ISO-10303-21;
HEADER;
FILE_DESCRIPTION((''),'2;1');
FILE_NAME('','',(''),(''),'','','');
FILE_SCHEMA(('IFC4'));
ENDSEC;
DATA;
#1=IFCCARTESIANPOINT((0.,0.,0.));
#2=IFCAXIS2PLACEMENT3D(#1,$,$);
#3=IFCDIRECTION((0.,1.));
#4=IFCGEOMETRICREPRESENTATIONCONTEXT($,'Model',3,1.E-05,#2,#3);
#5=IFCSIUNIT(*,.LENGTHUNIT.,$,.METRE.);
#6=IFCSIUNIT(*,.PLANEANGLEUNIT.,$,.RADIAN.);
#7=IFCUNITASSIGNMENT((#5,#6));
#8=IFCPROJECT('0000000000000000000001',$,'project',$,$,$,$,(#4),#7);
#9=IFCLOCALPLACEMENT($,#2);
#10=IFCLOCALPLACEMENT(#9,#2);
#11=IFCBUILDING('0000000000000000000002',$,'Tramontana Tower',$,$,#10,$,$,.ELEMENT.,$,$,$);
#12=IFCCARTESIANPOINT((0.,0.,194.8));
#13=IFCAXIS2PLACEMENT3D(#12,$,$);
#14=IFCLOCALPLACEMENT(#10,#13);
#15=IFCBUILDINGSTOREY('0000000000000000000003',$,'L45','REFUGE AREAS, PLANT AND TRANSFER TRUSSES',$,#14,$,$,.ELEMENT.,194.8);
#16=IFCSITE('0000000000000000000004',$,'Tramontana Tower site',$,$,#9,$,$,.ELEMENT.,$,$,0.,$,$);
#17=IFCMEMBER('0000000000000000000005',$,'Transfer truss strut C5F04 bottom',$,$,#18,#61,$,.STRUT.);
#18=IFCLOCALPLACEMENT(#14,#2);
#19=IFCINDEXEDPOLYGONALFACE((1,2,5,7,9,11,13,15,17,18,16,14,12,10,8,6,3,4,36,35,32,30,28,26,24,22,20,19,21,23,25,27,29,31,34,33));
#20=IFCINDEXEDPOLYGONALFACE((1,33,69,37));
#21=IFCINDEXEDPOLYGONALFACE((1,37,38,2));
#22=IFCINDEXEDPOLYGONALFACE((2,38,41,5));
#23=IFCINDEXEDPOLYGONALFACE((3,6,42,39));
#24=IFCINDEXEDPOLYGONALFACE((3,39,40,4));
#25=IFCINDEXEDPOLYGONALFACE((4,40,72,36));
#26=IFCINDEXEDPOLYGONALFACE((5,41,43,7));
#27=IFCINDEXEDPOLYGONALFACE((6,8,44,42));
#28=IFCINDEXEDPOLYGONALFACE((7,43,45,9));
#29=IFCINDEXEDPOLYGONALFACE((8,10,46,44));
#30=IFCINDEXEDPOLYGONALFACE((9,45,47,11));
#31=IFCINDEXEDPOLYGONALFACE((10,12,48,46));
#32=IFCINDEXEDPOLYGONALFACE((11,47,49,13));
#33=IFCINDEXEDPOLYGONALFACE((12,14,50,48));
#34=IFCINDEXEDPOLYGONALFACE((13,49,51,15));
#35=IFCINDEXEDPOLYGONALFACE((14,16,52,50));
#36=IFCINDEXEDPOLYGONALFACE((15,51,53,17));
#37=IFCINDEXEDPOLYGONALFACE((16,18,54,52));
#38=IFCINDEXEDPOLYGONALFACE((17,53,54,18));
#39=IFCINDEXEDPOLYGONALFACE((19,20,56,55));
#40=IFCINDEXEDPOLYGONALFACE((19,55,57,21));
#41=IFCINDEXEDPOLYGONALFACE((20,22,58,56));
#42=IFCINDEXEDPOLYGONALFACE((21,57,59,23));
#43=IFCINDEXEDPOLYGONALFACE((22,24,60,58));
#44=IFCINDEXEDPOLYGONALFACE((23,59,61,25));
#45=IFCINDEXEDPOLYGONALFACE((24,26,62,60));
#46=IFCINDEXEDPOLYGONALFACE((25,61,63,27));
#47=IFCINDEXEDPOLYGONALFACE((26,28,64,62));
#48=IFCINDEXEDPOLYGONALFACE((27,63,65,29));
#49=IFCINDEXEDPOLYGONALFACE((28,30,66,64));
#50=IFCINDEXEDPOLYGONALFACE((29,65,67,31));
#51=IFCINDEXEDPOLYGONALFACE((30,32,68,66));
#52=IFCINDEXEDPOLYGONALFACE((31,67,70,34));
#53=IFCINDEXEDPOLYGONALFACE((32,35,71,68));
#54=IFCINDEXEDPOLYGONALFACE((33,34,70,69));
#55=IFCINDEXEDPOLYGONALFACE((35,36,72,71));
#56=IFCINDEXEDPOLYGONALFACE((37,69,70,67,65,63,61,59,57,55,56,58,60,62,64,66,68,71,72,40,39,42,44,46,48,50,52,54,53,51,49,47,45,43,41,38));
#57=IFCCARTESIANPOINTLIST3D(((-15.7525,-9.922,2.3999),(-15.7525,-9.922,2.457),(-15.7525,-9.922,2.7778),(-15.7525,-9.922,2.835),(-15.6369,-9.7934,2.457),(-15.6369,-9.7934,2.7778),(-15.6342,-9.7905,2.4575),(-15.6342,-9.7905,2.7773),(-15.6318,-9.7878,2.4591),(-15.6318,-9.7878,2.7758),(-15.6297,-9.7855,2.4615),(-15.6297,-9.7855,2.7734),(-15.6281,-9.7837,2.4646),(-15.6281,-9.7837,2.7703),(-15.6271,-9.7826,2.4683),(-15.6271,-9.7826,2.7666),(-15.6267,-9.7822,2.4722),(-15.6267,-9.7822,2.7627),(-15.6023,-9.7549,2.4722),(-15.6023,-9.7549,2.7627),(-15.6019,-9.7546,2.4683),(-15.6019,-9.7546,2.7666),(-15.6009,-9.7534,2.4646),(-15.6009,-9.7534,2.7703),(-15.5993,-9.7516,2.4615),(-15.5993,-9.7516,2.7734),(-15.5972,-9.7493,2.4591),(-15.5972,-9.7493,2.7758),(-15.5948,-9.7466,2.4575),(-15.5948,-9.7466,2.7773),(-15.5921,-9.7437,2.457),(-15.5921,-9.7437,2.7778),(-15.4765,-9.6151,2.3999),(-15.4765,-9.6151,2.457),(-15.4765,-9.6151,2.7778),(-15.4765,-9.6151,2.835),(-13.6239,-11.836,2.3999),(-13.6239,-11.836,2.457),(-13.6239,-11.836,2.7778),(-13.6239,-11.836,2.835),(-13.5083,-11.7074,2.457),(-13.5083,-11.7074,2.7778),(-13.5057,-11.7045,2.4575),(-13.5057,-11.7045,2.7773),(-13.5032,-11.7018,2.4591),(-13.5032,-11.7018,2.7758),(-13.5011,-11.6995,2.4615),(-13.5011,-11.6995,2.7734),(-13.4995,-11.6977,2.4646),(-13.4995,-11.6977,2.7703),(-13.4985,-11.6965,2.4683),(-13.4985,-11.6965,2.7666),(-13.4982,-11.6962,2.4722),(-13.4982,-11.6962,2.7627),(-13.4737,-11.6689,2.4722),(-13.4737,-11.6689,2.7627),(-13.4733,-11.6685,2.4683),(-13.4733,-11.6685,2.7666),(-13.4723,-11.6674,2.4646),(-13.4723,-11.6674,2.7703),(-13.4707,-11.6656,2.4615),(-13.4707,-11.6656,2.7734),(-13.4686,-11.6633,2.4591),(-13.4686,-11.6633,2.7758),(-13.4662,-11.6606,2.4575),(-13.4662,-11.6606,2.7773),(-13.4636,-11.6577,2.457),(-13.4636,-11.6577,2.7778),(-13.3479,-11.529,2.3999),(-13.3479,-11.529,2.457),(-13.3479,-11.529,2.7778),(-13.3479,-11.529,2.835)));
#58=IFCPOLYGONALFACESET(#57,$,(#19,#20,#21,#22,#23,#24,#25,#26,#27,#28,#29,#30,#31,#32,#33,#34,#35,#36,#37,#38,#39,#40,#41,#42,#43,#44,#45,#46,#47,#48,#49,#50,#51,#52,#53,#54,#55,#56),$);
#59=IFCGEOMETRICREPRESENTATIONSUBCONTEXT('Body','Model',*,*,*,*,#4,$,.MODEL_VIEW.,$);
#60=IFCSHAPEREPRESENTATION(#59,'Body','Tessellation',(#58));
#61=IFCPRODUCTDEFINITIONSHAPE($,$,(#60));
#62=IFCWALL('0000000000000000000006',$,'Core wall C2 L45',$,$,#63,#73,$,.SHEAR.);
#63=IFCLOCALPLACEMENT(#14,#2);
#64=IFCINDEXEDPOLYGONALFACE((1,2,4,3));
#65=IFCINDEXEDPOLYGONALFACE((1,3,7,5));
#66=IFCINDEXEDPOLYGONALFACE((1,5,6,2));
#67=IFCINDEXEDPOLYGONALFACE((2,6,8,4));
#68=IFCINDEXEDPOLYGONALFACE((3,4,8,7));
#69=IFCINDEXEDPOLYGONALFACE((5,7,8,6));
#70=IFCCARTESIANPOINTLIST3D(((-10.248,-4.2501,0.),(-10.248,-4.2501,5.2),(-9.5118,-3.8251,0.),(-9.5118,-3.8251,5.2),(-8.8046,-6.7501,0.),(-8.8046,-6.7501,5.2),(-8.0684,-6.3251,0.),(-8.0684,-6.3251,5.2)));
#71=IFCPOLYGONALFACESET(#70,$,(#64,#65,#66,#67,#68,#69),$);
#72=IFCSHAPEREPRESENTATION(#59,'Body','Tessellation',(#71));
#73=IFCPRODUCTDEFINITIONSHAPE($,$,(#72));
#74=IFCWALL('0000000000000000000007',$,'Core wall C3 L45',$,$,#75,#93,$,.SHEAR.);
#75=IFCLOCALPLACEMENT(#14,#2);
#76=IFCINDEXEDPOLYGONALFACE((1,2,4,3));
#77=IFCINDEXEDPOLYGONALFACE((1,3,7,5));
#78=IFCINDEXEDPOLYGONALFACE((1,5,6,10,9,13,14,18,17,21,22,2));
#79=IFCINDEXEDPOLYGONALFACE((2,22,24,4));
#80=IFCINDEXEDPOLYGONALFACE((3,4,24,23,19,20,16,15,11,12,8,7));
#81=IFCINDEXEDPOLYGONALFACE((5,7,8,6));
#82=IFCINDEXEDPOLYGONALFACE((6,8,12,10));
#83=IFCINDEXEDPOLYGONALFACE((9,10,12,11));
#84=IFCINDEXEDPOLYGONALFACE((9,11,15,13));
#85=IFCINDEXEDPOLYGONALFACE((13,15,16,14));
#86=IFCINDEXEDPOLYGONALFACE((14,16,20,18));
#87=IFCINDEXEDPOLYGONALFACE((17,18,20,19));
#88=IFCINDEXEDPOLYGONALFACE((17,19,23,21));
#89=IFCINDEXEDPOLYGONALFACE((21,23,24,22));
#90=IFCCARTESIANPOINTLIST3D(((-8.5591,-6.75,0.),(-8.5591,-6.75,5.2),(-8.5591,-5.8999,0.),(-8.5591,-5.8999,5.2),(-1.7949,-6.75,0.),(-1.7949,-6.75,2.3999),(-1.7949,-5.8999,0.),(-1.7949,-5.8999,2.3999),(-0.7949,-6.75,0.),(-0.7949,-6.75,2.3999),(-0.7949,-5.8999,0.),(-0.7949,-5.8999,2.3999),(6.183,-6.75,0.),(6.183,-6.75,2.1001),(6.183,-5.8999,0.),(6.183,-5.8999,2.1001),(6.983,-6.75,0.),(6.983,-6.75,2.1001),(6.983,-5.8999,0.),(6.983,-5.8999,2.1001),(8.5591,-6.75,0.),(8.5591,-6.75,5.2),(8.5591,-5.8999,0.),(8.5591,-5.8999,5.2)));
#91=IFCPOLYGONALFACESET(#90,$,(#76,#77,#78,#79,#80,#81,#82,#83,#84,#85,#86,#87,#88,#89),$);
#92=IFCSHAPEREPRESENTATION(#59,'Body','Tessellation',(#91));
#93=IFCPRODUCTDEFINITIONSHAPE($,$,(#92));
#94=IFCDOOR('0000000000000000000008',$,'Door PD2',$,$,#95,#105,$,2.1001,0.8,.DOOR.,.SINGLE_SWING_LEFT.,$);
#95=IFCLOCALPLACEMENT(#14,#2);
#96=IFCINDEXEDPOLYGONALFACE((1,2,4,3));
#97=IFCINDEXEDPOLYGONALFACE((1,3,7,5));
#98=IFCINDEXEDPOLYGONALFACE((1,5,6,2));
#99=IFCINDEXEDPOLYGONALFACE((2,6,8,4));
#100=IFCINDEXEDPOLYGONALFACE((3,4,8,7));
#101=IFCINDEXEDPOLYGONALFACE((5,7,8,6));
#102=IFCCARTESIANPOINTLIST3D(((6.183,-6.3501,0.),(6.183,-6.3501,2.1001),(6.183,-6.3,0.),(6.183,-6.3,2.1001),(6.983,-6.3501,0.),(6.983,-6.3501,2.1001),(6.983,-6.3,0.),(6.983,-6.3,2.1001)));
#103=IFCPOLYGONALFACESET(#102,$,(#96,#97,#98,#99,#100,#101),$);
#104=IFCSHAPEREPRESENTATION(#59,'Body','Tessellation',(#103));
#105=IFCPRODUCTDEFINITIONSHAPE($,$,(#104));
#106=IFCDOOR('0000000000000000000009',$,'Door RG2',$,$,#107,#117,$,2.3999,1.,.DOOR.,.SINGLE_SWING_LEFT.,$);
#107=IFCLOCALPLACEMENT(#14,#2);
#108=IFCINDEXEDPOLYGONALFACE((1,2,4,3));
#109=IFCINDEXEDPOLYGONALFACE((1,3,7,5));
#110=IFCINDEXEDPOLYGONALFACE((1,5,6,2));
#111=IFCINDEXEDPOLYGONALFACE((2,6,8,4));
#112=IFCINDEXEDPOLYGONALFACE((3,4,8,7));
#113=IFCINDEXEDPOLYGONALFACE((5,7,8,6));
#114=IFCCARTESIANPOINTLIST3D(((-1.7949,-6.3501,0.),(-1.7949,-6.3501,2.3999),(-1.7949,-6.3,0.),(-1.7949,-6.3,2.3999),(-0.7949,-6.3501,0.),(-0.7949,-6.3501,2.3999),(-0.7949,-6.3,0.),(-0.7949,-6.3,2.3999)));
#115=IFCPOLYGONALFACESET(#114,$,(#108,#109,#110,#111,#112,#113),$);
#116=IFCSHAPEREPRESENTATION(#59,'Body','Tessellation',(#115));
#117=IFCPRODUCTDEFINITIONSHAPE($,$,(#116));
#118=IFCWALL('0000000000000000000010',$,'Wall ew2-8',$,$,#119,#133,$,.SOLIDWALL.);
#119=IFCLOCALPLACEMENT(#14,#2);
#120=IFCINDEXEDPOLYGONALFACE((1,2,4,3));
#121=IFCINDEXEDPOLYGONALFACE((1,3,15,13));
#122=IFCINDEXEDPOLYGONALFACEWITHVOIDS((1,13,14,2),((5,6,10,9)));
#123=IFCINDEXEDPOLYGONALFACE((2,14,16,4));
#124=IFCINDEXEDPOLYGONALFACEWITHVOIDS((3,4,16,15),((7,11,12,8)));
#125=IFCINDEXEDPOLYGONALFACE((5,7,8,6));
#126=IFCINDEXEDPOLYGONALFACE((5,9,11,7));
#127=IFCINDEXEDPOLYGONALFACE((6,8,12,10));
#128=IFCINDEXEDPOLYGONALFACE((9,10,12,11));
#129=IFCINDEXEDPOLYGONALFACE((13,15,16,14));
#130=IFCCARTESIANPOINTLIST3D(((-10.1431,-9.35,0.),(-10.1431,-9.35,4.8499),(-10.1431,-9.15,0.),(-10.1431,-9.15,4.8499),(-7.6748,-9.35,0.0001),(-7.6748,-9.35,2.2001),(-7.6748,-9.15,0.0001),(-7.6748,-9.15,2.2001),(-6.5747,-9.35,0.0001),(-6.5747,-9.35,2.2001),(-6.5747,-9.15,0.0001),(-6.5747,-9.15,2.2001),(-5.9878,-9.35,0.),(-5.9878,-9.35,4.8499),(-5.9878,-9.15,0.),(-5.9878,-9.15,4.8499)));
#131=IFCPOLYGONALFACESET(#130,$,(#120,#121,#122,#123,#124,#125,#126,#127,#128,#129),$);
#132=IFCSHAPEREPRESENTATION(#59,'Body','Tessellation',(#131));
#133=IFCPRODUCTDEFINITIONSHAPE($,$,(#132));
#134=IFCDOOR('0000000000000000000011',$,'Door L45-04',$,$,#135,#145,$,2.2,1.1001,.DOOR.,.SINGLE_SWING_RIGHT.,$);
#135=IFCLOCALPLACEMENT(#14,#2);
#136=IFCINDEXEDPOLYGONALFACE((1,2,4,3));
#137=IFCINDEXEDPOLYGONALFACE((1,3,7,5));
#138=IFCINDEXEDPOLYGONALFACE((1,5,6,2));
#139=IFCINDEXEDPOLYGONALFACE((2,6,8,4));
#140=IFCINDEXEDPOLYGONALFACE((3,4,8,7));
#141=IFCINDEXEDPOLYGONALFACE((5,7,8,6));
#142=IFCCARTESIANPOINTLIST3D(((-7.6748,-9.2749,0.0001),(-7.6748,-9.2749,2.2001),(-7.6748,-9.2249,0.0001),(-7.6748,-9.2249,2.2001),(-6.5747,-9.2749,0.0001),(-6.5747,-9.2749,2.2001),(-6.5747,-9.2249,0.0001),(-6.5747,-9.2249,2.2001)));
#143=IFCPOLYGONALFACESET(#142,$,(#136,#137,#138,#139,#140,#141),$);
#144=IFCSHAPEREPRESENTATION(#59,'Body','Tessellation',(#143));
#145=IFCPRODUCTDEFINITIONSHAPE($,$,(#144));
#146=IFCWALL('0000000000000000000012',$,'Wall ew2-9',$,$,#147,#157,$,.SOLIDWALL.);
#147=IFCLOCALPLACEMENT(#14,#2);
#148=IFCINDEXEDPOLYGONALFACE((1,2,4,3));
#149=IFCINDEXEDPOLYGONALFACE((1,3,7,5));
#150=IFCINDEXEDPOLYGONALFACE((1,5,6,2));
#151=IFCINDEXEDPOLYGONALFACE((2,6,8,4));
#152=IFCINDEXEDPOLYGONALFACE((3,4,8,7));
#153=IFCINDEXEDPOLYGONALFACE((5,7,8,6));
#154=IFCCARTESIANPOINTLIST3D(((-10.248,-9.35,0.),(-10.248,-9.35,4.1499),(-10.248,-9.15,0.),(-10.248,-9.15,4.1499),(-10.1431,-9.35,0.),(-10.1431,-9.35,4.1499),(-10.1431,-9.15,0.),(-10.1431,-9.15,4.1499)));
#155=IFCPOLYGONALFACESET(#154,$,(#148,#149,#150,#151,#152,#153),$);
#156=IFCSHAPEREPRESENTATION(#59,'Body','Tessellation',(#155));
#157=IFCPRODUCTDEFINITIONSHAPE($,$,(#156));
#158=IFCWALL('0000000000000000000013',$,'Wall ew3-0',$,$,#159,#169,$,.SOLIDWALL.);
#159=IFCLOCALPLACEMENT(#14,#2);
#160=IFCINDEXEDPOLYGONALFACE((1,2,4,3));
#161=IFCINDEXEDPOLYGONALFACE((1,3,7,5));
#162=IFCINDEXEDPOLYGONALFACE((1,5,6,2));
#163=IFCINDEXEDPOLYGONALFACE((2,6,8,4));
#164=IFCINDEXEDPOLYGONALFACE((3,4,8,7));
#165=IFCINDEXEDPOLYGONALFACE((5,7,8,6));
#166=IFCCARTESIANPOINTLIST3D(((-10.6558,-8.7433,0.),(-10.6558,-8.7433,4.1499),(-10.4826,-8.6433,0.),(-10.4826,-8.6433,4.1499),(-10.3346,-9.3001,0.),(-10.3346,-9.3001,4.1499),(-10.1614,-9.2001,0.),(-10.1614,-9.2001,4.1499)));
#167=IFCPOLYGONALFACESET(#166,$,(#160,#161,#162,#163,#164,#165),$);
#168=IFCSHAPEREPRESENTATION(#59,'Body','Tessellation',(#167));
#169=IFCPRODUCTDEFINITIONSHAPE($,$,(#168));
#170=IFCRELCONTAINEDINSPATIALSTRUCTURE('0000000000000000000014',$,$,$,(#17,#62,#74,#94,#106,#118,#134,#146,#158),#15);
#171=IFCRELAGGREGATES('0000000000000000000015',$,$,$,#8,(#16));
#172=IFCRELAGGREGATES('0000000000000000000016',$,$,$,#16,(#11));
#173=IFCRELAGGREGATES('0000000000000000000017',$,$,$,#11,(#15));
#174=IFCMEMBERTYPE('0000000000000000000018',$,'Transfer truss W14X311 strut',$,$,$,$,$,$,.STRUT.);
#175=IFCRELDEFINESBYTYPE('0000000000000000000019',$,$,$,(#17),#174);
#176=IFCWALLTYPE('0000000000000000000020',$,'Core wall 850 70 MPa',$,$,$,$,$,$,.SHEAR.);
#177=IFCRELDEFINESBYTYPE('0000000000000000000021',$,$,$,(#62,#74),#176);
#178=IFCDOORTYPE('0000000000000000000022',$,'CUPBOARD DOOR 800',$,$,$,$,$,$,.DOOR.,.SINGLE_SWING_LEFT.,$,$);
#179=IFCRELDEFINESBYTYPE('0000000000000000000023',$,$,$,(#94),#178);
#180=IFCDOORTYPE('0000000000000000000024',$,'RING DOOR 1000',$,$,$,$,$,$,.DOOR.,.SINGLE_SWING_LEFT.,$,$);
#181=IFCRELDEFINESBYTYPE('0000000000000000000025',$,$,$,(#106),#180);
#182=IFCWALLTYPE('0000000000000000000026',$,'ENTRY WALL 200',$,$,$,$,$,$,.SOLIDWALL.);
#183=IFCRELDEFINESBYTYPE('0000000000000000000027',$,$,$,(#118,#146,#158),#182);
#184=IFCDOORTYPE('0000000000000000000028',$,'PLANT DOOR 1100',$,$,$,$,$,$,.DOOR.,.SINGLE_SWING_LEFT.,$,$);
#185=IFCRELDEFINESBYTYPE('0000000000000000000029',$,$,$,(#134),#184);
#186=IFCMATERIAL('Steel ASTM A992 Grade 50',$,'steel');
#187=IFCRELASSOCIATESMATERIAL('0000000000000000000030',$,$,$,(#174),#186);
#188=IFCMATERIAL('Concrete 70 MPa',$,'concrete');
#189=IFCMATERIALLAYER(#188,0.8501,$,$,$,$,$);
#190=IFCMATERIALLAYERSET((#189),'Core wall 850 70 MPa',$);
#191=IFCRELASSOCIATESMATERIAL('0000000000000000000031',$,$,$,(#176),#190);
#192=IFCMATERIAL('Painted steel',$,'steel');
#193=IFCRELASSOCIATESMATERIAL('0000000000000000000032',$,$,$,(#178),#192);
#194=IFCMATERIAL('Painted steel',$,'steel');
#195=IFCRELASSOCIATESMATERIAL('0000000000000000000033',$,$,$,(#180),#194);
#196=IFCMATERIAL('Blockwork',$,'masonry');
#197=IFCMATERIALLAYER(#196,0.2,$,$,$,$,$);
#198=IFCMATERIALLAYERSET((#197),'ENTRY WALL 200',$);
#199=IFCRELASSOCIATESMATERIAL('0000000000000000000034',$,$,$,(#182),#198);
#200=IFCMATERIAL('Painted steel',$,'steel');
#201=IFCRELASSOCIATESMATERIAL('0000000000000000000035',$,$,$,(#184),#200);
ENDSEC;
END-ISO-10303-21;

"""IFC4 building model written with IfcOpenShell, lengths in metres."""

from ifc_helpers import new_model, si_unit, direction, frame, frame_2d, origin, origin_2d, place, context, subcontext, project, spatial, rectangle, i_section, extrude, material, layer, layer_set, material_profile, profile_set, type_object, element, fill, save


model = new_model("IFC4")

# Units and contexts
model_context = context("Model", 3, precision=1e-05, world=origin(), true_north=direction((0.0, 1.0)))
body_context = subcontext(model_context, "Body", "Model", "MODEL_VIEW")
ifc_project = project(units=[si_unit("LENGTHUNIT", "METRE"), si_unit("PLANEANGLEUNIT", "RADIAN")], contexts=[model_context])

# Site, building, storey
site_placement = place(None, origin())
site = spatial("IfcSite", under=ifc_project, at=site_placement, Name="Tramontana Tower site", CompositionType="ELEMENT", RefElevation=0.0)
building_placement = place(site_placement, origin())
building = spatial("IfcBuilding", under=site, at=building_placement, Name="Tramontana Tower", CompositionType="ELEMENT")
storey_placement = place(building_placement, frame((0.0, 0.0, 194.8)))
storey = spatial("IfcBuildingStorey", under=building, at=storey_placement, Name="L45", Description="REFUGE AREAS, PLANT AND TRANSFER TRUSSES", CompositionType="ELEMENT", Elevation=194.8)

# Member
ifc_material_1 = material(Name="Steel ASTM A992 Grade 50", Category="steel")
ifc_material_profile_1 = material_profile(ifc_material_1, i_section(OverallWidth=0.4128, OverallDepth=0.4351, WebThickness=0.0366, FlangeThickness=0.0571, FilletRadius=0.0151, at=origin_2d()), Name="W14X311")
ifc_profile_set_1 = profile_set([ifc_material_profile_1], Name="Steel ASTM A992 Grade 50")
member_type_1 = type_object("IfcMemberType", Name="Transfer truss W14X311 strut", PredefinedType="STRUT", material=ifc_profile_set_1)
member_1_placement = place(storey_placement, frame((-15.6145, -9.7686, 2.6174), z_axis=(0.743595, -0.66863, 0.0), x_axis=(0.66863, 0.743595, 0.0)))
element("IfcMember", 1, at=member_1_placement, inside=storey, type_object=member_type_1, Name="Transfer truss strut C5F04 bottom", PredefinedType="STRUT", context=body_context, shape_type="SweptSolid", body=[
    extrude(i_section(OverallWidth=0.4128, OverallDepth=0.4351, WebThickness=0.0366, FlangeThickness=0.0571, FilletRadius=0.0151, at=origin_2d()), origin(), (0.0, 0.0, 1.0), 2.8625),
])

# Wall
ifc_material_2 = material(Name="Concrete 70 MPa", Category="concrete")
ifc_layer_1 = layer(ifc_material_2, 0.8501)
ifc_layer_set_1 = layer_set([ifc_layer_1], Name="Core wall 850 70 MPa")
wall_type_1 = type_object("IfcWallType", Name="Core wall 850 70 MPa", PredefinedType="SHEAR", material=ifc_layer_set_1)
wall_1_placement = place(storey_placement, frame((-9.8799, -4.0376, 0.0), z_axis=(0.0, 0.0, 1.0), x_axis=(0.499996, -0.866028, 0.0)))
element("IfcWall", 2, at=wall_1_placement, inside=storey, type_object=wall_type_1, Name="Core wall C2 L45", PredefinedType="SHEAR", context=body_context, shape_type="SweptSolid", body=[
    extrude(rectangle(XDim=2.8867, YDim=0.8501, at=frame_2d((1.4434, 0.0))), origin(), (0.0, 0.0, 1.0), 5.2),
])

# Wall, openings, doors
wall_2_placement = place(storey_placement, frame((-8.5591, -6.325, 0.0), z_axis=(0.0, 0.0, 1.0), x_axis=(1.0, 0.0, 0.0)))
wall_2 = element("IfcWall", 3, at=wall_2_placement, inside=storey, type_object=wall_type_1, Name="Core wall C3 L45", PredefinedType="SHEAR", context=body_context, shape_type="SweptSolid", body=[
    extrude(rectangle(XDim=17.1182, YDim=0.8501, at=frame_2d((8.5591, 0.0))), origin(), (0.0, 0.0, 1.0), 5.2),
])
opening_1_placement = place(wall_2_placement, frame((6.7642, 0.0, 0.0)))
opening_1 = element("IfcOpeningElement", 4, at=opening_1_placement, cuts=wall_2, PredefinedType="OPENING", context=body_context, shape_type="SweptSolid", body=[
    extrude(rectangle(XDim=1.0, YDim=2.3999, at=frame_2d((0.5, 1.2))), frame((0.0, 0.4351, 0.0), z_axis=(0.0, -1.0, 0.0), x_axis=(1.0, 0.0, 0.0)), (0.0, 0.0, 1.0), 0.8701),
])
opening_2_placement = place(wall_2_placement, frame((14.7422, 0.0, 0.0)))
opening_2 = element("IfcOpeningElement", 5, at=opening_2_placement, cuts=wall_2, PredefinedType="OPENING", context=body_context, shape_type="SweptSolid", body=[
    extrude(rectangle(XDim=0.8, YDim=2.1001, at=frame_2d((0.3999, 1.05))), frame((0.0, 0.4351, 0.0), z_axis=(0.0, -1.0, 0.0), x_axis=(1.0, 0.0, 0.0)), (0.0, 0.0, 1.0), 0.8701),
])
ifc_material_3 = material(Name="Painted steel", Category="steel")
door_type_1 = type_object("IfcDoorType", Name="CUPBOARD DOOR 800", OperationType="SINGLE_SWING_LEFT", PredefinedType="DOOR", material=ifc_material_3)
door_1_placement = place(opening_2_placement, origin())
door_1 = element("IfcDoor", 6, at=door_1_placement, inside=storey, type_object=door_type_1, Name="Door PD2", OperationType="SINGLE_SWING_LEFT", OverallHeight=2.1001, OverallWidth=0.8, PredefinedType="DOOR", context=body_context, shape_type="SweptSolid", body=[
    extrude(rectangle(XDim=0.8, YDim=2.1001, at=frame_2d((0.3999, 1.05))), frame((0.0, 0.0249, 0.0), z_axis=(0.0, -1.0, 0.0), x_axis=(1.0, 0.0, 0.0)), (0.0, 0.0, 1.0), 0.05),
])
fill(opening_2, door_1)
ifc_material_4 = material(Name="Painted steel", Category="steel")
door_type_2 = type_object("IfcDoorType", Name="RING DOOR 1000", OperationType="SINGLE_SWING_LEFT", PredefinedType="DOOR", material=ifc_material_4)
door_2_placement = place(opening_1_placement, origin())
door_2 = element("IfcDoor", 7, at=door_2_placement, inside=storey, type_object=door_type_2, Name="Door RG2", OperationType="SINGLE_SWING_LEFT", OverallHeight=2.3999, OverallWidth=1.0, PredefinedType="DOOR", context=body_context, shape_type="SweptSolid", body=[
    extrude(rectangle(XDim=1.0, YDim=2.3999, at=frame_2d((0.5, 1.2))), frame((0.0, 0.0249, 0.0), z_axis=(0.0, -1.0, 0.0), x_axis=(1.0, 0.0, 0.0)), (0.0, 0.0, 1.0), 0.05),
])
fill(opening_1, door_2)

# Wall, opening, door
ifc_material_5 = material(Name="Blockwork", Category="masonry")
ifc_layer_2 = layer(ifc_material_5, 0.2)
ifc_layer_set_2 = layer_set([ifc_layer_2], Name="ENTRY WALL 200")
wall_type_2 = type_object("IfcWallType", Name="ENTRY WALL 200", PredefinedType="SOLIDWALL", material=ifc_layer_set_2)
wall_3_placement = place(storey_placement, frame((-5.9878, -9.25, 0.0), z_axis=(0.0, 0.0, 1.0), x_axis=(-1.0, 0.0, 0.0)))
wall_3 = element("IfcWall", 8, at=wall_3_placement, inside=storey, type_object=wall_type_2, Name="Wall ew2-8", PredefinedType="SOLIDWALL", context=body_context, shape_type="SweptSolid", body=[
    extrude(rectangle(XDim=4.1553, YDim=0.2, at=frame_2d((2.0776, 0.0))), origin(), (0.0, 0.0, 1.0), 4.8499),
])
opening_3_placement = place(wall_3_placement, frame((0.5869, 0.0, 0.0)))
opening_3 = element("IfcOpeningElement", 9, at=opening_3_placement, cuts=wall_3, PredefinedType="OPENING", context=body_context, shape_type="SweptSolid", body=[
    extrude(rectangle(XDim=1.1001, YDim=2.2, at=frame_2d((0.55, 1.1001))), frame((0.0, 0.1099, 0.0), z_axis=(0.0, -1.0, 0.0), x_axis=(1.0, 0.0, 0.0)), (0.0, 0.0, 1.0), 0.22),
])
ifc_material_6 = material(Name="Painted steel", Category="steel")
door_type_3 = type_object("IfcDoorType", Name="PLANT DOOR 1100", OperationType="SINGLE_SWING_LEFT", PredefinedType="DOOR", material=ifc_material_6)
door_3_placement = place(opening_3_placement, origin())
door_3 = element("IfcDoor", 10, at=door_3_placement, inside=storey, type_object=door_type_3, Name="Door L45-04", OperationType="SINGLE_SWING_RIGHT", OverallHeight=2.2, OverallWidth=1.1001, PredefinedType="DOOR", context=body_context, shape_type="SweptSolid", body=[
    extrude(rectangle(XDim=1.1001, YDim=2.2, at=frame_2d((0.55, 1.1001))), frame((0.0, 0.0249, 0.0), z_axis=(0.0, -1.0, 0.0), x_axis=(1.0, 0.0, 0.0)), (0.0, 0.0, 1.0), 0.05),
])
fill(opening_3, door_3)

# Walls
wall_4_placement = place(storey_placement, frame((-10.1431, -9.25, 0.0), z_axis=(0.0, 0.0, 1.0), x_axis=(-1.0, 0.0, 0.0)))
element("IfcWall", 11, at=wall_4_placement, inside=storey, type_object=wall_type_2, Name="Wall ew2-9", PredefinedType="SOLIDWALL", context=body_context, shape_type="SweptSolid", body=[
    extrude(rectangle(XDim=0.105, YDim=0.2, at=frame_2d((0.0525, 0.0))), origin(), (0.0, 0.0, 1.0), 4.1499),
])
wall_5_placement = place(storey_placement, frame((-10.248, -9.25, 0.0), z_axis=(0.0, 0.0, 1.0), x_axis=(-0.499733, 0.866179, 0.0)))
element("IfcWall", 12, at=wall_5_placement, inside=storey, type_object=wall_type_2, Name="Wall ew3-0", PredefinedType="SOLIDWALL", context=body_context, shape_type="SweptSolid", body=[
    extrude(rectangle(XDim=0.6428, YDim=0.2, at=frame_2d((0.3213, 0.0))), origin(), (0.0, 0.0, 1.0), 4.1499),
])

save(model, "model.ifc")
